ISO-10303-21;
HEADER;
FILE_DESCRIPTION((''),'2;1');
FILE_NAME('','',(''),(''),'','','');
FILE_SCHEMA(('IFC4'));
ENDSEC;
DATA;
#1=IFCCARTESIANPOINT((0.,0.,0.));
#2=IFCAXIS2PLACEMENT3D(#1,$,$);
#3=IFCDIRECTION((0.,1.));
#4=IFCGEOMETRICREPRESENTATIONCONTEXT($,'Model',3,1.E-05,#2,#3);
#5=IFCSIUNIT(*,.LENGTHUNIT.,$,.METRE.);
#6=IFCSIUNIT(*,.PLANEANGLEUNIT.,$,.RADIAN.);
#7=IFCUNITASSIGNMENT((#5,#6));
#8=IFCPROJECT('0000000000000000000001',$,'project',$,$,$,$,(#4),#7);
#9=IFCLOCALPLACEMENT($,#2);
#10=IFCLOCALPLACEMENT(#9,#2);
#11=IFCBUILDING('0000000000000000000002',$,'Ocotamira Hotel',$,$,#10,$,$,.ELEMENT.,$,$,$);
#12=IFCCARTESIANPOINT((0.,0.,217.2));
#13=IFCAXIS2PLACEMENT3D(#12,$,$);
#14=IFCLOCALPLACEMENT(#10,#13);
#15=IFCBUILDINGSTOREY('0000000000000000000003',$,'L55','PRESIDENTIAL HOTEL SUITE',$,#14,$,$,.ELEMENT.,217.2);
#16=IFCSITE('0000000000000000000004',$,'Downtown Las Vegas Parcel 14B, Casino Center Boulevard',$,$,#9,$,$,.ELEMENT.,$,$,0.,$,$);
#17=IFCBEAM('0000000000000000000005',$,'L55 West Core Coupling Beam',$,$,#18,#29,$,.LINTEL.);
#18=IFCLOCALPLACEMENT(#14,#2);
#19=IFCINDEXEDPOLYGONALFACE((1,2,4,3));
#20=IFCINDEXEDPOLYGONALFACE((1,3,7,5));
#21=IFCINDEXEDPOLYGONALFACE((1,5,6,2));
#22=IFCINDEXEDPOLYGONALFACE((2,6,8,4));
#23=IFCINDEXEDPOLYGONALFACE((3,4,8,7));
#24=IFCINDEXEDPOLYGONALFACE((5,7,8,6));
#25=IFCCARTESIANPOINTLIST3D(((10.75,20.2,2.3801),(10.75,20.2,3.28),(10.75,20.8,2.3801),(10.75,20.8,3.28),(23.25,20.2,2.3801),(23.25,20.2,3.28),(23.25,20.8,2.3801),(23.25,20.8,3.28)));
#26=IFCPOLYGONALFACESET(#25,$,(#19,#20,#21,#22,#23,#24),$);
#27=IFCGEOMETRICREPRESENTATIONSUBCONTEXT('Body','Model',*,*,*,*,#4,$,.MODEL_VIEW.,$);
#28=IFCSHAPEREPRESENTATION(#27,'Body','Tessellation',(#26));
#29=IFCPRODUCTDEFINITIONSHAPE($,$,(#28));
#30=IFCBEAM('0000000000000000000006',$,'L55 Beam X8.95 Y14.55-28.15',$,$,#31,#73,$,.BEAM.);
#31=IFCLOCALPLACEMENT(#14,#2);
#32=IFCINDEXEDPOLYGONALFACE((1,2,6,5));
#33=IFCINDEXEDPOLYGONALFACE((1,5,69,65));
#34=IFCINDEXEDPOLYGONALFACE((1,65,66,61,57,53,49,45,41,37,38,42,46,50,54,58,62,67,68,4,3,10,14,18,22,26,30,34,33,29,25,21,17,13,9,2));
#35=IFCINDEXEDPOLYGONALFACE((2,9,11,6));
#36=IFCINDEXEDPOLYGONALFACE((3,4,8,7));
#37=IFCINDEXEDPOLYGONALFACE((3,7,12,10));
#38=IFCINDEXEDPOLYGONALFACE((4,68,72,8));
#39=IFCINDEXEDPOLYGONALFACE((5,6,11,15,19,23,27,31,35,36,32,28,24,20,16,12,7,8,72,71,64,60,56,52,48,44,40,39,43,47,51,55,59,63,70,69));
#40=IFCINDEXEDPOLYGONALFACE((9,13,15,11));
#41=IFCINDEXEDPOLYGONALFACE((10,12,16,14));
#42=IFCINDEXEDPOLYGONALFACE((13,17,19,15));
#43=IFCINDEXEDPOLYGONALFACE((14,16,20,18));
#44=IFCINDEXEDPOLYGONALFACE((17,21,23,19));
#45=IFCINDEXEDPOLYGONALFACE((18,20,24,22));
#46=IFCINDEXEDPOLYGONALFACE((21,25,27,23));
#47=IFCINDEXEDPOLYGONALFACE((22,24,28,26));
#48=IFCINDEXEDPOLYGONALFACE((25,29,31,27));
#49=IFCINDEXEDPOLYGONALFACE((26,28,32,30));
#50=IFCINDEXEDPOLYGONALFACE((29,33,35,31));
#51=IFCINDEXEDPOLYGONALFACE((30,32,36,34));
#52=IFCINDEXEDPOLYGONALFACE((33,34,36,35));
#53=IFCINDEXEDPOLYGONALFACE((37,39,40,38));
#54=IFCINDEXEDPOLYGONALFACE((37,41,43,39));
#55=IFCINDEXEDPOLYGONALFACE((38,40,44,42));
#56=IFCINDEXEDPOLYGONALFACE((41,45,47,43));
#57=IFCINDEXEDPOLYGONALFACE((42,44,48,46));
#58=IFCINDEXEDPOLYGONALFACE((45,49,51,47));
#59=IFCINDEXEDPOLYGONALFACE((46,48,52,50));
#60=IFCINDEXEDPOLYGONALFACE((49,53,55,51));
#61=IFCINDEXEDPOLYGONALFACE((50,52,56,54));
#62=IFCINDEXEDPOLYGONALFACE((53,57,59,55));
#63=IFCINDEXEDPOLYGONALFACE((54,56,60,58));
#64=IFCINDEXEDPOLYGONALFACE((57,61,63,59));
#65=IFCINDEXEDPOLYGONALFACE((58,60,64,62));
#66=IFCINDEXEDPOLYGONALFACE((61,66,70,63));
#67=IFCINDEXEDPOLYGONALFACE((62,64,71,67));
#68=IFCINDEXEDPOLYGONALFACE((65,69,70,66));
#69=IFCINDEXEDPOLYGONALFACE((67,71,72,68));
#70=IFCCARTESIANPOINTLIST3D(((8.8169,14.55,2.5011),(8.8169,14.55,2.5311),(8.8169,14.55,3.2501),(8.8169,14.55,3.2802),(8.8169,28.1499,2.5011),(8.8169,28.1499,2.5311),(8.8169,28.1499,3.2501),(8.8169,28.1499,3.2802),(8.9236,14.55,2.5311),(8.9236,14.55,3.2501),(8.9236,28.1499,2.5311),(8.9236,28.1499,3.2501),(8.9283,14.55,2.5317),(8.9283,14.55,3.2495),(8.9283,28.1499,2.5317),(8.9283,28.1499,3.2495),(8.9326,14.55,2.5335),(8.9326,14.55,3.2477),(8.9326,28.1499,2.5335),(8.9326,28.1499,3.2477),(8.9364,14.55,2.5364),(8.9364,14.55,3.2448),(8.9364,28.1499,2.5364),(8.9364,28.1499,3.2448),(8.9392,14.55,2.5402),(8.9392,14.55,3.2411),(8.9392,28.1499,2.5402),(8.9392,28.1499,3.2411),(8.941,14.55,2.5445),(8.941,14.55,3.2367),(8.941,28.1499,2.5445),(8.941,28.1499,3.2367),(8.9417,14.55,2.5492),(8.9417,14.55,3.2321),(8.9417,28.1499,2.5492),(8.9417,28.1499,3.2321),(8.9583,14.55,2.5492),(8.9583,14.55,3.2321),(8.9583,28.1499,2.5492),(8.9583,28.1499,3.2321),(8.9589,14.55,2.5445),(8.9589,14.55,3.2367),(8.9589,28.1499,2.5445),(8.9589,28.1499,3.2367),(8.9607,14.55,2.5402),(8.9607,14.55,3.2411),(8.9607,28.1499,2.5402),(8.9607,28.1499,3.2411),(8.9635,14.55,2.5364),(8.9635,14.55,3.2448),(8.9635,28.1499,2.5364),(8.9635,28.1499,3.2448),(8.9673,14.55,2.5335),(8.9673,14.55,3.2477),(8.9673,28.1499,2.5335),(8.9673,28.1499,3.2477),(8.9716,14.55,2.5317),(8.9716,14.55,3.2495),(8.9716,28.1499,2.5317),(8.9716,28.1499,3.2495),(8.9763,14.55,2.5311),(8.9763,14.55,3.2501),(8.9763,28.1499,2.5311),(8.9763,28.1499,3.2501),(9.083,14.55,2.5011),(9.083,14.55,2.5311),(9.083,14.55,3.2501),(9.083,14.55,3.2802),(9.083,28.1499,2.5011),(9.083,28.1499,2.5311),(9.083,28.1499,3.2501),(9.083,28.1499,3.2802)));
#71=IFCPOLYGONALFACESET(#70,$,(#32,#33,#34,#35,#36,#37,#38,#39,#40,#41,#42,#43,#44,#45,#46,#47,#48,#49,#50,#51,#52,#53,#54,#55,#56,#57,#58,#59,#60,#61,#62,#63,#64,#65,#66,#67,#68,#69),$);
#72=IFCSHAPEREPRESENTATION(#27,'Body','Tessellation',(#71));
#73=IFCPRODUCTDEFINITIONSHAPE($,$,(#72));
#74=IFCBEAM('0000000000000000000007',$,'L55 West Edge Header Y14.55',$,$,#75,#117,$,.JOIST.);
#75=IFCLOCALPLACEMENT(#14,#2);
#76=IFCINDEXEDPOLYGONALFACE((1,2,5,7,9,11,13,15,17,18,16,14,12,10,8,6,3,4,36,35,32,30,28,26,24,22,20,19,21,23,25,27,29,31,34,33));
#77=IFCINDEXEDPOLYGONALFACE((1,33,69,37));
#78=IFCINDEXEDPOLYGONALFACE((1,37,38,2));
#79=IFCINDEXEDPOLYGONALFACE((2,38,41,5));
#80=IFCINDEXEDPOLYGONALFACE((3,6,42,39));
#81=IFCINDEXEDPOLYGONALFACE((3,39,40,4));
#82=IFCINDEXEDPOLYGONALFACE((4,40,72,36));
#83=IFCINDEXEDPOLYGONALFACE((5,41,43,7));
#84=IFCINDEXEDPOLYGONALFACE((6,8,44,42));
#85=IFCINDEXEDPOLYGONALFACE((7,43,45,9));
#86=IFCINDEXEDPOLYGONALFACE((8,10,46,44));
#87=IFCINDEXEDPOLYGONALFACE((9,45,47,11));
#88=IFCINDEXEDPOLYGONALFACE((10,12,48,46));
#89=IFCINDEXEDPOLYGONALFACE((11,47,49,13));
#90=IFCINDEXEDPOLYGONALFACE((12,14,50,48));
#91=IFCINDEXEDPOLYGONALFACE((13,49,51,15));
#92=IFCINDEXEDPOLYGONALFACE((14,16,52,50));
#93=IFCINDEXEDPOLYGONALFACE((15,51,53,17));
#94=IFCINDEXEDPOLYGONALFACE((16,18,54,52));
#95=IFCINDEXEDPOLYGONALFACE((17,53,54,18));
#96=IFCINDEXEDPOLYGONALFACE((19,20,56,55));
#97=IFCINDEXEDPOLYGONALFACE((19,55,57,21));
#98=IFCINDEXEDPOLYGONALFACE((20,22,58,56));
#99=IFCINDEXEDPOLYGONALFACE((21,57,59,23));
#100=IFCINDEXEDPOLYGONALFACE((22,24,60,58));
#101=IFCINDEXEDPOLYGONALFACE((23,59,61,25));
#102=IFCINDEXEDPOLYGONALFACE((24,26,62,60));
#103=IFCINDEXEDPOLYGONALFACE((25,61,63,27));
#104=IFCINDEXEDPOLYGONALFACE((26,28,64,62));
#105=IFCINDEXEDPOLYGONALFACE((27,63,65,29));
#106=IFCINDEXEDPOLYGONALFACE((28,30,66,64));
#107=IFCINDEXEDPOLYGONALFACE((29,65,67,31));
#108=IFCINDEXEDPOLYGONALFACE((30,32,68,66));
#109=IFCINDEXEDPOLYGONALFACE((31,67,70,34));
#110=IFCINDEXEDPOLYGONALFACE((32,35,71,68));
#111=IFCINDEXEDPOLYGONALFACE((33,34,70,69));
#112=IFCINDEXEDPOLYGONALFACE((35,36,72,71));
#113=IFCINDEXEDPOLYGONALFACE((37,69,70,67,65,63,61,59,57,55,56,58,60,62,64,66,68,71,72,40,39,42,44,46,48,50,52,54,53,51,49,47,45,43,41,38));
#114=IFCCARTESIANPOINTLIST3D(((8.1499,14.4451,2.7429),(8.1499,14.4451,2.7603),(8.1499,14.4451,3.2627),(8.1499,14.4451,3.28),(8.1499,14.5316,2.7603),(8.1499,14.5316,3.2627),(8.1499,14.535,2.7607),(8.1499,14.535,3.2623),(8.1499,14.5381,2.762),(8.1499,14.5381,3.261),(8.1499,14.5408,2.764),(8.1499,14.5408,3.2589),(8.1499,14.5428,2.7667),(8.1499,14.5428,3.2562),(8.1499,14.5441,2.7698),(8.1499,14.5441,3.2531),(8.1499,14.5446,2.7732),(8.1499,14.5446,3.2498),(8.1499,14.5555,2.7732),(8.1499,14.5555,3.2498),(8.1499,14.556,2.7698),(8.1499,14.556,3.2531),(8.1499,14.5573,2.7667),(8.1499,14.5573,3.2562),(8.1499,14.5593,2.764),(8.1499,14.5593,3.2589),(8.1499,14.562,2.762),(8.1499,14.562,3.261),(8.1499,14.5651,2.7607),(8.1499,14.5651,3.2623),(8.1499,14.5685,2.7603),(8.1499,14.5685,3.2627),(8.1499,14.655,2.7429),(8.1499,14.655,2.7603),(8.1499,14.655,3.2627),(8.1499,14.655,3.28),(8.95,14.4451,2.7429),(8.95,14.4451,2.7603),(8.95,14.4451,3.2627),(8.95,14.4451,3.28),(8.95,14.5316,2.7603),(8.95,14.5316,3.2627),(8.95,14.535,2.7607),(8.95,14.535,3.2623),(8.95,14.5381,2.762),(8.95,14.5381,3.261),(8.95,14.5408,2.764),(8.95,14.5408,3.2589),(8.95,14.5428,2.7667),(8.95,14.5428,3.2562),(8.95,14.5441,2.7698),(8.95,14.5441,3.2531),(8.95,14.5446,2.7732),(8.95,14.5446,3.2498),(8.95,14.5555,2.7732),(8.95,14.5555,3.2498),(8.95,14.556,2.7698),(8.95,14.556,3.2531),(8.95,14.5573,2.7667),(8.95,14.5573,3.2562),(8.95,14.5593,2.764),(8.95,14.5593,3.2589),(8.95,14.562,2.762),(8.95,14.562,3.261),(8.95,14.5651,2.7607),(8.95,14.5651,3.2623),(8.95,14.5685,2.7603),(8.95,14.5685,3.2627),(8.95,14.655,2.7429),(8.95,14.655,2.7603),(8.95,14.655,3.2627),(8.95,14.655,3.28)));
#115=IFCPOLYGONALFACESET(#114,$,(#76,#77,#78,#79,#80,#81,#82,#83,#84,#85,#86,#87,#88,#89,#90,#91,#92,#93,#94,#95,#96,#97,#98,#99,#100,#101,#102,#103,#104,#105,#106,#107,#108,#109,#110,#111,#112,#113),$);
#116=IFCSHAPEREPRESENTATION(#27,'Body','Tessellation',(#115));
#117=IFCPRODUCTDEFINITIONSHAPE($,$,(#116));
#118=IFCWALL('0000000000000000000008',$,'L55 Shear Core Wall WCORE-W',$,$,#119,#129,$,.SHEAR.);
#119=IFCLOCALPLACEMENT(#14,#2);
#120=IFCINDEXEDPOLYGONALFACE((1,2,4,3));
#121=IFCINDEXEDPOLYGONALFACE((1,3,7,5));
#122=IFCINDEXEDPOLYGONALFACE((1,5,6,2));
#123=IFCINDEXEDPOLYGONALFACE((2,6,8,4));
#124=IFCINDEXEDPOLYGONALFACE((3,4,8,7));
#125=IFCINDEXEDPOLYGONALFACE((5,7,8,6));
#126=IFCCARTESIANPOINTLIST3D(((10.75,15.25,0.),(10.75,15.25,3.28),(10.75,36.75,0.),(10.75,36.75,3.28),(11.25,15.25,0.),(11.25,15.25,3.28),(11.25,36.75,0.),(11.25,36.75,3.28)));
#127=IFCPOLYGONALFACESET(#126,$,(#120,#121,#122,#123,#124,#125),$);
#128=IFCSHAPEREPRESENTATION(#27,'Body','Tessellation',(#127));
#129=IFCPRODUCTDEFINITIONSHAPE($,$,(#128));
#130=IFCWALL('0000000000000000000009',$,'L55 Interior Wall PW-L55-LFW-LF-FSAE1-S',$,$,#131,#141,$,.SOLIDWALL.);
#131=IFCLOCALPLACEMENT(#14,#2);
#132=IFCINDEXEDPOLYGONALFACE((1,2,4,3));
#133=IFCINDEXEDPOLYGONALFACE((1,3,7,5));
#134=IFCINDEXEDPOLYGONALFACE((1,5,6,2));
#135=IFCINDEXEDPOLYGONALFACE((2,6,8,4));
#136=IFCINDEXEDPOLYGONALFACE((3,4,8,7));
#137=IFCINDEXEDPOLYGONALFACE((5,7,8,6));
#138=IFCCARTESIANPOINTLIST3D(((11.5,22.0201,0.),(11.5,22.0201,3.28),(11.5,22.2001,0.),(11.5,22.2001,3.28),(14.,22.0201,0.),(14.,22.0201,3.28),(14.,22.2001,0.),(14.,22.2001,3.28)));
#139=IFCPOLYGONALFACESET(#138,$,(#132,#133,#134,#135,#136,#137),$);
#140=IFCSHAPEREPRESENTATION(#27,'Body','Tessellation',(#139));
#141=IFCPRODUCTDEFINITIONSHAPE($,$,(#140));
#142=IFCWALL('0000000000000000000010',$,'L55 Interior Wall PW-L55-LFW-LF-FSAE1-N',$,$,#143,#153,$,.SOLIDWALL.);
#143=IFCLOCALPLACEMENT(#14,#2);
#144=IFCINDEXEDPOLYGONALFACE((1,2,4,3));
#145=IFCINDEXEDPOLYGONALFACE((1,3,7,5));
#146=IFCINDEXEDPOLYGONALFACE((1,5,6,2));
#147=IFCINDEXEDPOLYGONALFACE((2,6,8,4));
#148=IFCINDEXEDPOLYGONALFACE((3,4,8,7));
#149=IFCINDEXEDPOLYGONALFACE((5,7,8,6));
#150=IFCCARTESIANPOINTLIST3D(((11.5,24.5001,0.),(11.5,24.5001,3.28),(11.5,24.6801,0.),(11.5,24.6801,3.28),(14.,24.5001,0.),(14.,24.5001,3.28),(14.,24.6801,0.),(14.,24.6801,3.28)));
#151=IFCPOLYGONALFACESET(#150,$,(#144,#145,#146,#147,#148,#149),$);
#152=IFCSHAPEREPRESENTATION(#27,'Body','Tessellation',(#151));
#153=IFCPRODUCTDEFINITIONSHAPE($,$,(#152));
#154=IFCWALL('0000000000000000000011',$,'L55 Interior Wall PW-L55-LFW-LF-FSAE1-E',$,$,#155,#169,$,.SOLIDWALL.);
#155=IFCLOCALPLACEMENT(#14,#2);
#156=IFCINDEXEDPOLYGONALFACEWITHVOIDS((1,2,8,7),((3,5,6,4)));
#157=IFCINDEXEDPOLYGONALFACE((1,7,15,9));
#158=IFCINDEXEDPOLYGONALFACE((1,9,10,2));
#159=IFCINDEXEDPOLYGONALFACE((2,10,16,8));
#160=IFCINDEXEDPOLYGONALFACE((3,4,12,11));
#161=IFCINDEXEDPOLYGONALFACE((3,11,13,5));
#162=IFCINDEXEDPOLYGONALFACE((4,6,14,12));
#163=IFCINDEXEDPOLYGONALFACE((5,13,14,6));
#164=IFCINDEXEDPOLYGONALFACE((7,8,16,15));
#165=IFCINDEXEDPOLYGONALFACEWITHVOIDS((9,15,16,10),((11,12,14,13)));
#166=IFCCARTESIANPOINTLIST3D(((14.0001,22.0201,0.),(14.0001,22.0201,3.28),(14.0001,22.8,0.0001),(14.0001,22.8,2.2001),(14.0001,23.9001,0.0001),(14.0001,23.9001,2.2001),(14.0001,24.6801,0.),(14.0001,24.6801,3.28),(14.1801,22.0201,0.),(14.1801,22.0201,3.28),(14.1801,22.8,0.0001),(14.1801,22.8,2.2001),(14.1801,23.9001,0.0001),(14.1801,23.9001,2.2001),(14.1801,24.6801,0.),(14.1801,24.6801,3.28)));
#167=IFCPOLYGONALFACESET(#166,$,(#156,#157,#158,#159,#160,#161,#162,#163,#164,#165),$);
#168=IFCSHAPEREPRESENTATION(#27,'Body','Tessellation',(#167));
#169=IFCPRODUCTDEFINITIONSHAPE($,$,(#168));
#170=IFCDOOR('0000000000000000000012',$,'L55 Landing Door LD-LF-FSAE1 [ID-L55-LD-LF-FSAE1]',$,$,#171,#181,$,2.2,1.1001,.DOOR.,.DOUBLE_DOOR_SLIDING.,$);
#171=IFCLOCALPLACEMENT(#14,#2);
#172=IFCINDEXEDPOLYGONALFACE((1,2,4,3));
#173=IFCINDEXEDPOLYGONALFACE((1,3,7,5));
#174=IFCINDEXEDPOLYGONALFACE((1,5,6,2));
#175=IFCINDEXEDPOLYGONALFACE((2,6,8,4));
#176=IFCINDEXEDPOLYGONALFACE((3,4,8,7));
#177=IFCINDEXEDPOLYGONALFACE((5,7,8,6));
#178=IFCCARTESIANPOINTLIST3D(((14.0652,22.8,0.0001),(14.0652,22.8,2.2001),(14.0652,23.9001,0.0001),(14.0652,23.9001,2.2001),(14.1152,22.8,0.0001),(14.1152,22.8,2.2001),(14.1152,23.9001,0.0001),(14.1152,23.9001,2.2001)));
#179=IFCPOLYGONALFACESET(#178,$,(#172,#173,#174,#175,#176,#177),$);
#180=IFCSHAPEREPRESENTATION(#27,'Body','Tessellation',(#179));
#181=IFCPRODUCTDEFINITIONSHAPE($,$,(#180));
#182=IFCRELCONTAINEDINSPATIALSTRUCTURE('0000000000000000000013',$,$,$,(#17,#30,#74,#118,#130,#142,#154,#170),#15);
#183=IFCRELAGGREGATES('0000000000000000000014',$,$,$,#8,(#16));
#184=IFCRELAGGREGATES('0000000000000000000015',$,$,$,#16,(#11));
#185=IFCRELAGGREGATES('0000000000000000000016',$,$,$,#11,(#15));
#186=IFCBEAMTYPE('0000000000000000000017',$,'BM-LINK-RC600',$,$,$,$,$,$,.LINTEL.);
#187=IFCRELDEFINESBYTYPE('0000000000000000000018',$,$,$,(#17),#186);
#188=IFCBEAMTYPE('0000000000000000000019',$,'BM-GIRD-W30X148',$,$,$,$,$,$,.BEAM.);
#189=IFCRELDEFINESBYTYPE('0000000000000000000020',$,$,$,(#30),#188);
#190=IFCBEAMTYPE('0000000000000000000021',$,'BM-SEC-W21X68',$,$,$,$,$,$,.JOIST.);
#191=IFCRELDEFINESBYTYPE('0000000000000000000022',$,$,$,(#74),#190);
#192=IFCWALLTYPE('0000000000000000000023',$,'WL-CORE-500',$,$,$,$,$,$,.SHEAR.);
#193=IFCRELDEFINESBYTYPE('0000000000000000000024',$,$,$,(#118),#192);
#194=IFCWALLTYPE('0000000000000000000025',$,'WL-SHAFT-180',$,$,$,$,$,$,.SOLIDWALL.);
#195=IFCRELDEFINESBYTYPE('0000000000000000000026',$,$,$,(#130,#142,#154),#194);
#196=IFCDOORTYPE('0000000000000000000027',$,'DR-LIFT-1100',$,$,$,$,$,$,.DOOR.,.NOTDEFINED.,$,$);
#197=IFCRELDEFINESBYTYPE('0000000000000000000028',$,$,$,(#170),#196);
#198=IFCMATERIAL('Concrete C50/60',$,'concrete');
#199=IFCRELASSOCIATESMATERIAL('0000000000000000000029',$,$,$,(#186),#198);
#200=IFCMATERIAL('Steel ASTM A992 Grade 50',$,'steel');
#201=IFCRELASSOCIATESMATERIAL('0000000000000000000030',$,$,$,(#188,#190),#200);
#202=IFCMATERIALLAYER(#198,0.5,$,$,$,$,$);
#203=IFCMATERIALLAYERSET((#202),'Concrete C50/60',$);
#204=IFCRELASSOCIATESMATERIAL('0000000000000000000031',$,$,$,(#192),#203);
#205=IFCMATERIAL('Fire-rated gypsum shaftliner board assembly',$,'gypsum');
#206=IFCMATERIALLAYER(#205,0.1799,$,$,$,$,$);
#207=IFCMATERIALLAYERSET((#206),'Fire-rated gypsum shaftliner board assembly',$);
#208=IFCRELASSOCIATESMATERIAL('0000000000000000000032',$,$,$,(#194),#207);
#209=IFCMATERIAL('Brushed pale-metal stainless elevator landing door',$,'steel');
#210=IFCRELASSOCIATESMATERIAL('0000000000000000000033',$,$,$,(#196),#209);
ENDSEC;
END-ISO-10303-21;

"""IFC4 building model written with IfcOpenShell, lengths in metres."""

from ifc_helpers import new_model, si_unit, direction, frame, frame_2d, origin, origin_2d, place, context, subcontext, project, spatial, rectangle, i_section, extrude, source, transform, mapped, material, layer, layer_set, material_profile, profile_set, type_object, element, fill, save


model = new_model("IFC4")

# Units and contexts
model_context = context("Model", 3, precision=1e-05, world=origin(), true_north=direction((0.0, 1.0)))
body_context = subcontext(model_context, "Body", "Model", "MODEL_VIEW")
ifc_project = project(units=[si_unit("LENGTHUNIT", "METRE"), si_unit("PLANEANGLEUNIT", "RADIAN")], contexts=[model_context])

# Site, building, storey
site_placement = place(None, origin())
site = spatial("IfcSite", under=ifc_project, at=site_placement, Name="Downtown Las Vegas Parcel 14B, Casino Center Boulevard", CompositionType="ELEMENT", RefElevation=0.0)
building_placement = place(site_placement, origin())
building = spatial("IfcBuilding", under=site, at=building_placement, Name="Ocotamira Hotel", CompositionType="ELEMENT")
storey_placement = place(building_placement, frame((0.0, 0.0, 217.2)))
storey = spatial("IfcBuildingStorey", under=building, at=storey_placement, Name="L55", Description="PRESIDENTIAL HOTEL SUITE", CompositionType="ELEMENT", Elevation=217.2)

# Beams
ifc_material_1 = material(Name="Concrete C50/60", Category="concrete")
ifc_material_profile_1 = material_profile(ifc_material_1, rectangle(XDim=0.6001, YDim=0.8999, at=origin_2d()), Name="RC600X900")
ifc_profile_set_1 = profile_set([ifc_material_profile_1], Name="Concrete C50/60")
beam_type_1 = type_object("IfcBeamType", Name="BM-LINK-RC600", PredefinedType="LINTEL", material=ifc_profile_set_1)
shared_shape_1 = source(origin(), body_context, "Body", "SweptSolid", [
    extrude(rectangle(XDim=0.6001, YDim=0.8999, at=origin_2d()), origin(), (0.0, 0.0, 1.0), 12.5),
])
beam_1_placement = place(storey_placement, frame((10.75, 20.5, 2.8301), z_axis=(1.0, 0.0, 0.0), x_axis=(0.0, 1.0, 0.0)))
element("IfcBeam", 1, at=beam_1_placement, inside=storey, type_object=beam_type_1, Name="L55 West Core Coupling Beam", PredefinedType="LINTEL", context=body_context, shape_type="MappedRepresentation", body=[
    mapped(shared_shape_1, transform((0.0, 0.0, 0.0), scale=1.0)),
])
ifc_material_2 = material(Name="Steel ASTM A992 Grade 50", Category="steel")
ifc_material_profile_2 = material_profile(ifc_material_2, i_section(OverallWidth=0.2661, OverallDepth=0.7791, WebThickness=0.0166, FlangeThickness=0.03, FilletRadius=0.0181, at=origin_2d()), Name="W30X148")
ifc_profile_set_2 = profile_set([ifc_material_profile_2], Name="Steel ASTM A992 Grade 50")
beam_type_2 = type_object("IfcBeamType", Name="BM-GIRD-W30X148", PredefinedType="BEAM", material=ifc_profile_set_2)
shared_shape_2 = source(origin(), body_context, "Body", "SweptSolid", [
    extrude(i_section(OverallWidth=0.2661, OverallDepth=0.7791, WebThickness=0.0166, FlangeThickness=0.03, FilletRadius=0.0181, at=origin_2d()), origin(), (0.0, 0.0, 1.0), 13.5999),
])
beam_2_placement = place(storey_placement, frame((8.95, 14.55, 2.8906), z_axis=(0.0, 1.0, 0.0), x_axis=(-1.0, 0.0, 0.0)))
element("IfcBeam", 2, at=beam_2_placement, inside=storey, type_object=beam_type_2, Name="L55 Beam X8.95 Y14.55-28.15", PredefinedType="BEAM", context=body_context, shape_type="MappedRepresentation", body=[
    mapped(shared_shape_2, transform((0.0, 0.0, 0.0), scale=1.0)),
])
ifc_material_profile_3 = material_profile(ifc_material_2, i_section(OverallWidth=0.21, OverallDepth=0.5371, WebThickness=0.011, FlangeThickness=0.0173, FilletRadius=0.0129, at=origin_2d()), Name="W21X68")
ifc_profile_set_3 = profile_set([ifc_material_profile_3], Name="Steel ASTM A992 Grade 50")
beam_type_3 = type_object("IfcBeamType", Name="BM-SEC-W21X68", PredefinedType="JOIST", material=ifc_profile_set_3)
shared_shape_3 = source(origin(), body_context, "Body", "SweptSolid", [
    extrude(i_section(OverallWidth=0.21, OverallDepth=0.5371, WebThickness=0.011, FlangeThickness=0.0173, FilletRadius=0.0129, at=origin_2d()), origin(), (0.0, 0.0, 1.0), 0.8),
])
beam_3_placement = place(storey_placement, frame((8.95, 14.55, 3.0115), z_axis=(-1.0, 0.0, 0.0), x_axis=(0.0, -1.0, 0.0)))
element("IfcBeam", 3, at=beam_3_placement, inside=storey, type_object=beam_type_3, Name="L55 West Edge Header Y14.55", PredefinedType="JOIST", context=body_context, shape_type="MappedRepresentation", body=[
    mapped(shared_shape_3, transform((0.0, 0.0, 0.0), scale=1.0)),
])

# Shared definitions
ifc_layer_1 = layer(ifc_material_1, 0.5)
ifc_layer_set_1 = layer_set([ifc_layer_1], Name="Concrete C50/60")
wall_type_1 = type_object("IfcWallType", Name="WL-CORE-500", PredefinedType="SHEAR", material=ifc_layer_set_1)

# Wall
wall_1_placement = place(storey_placement, frame((11.0, 15.25, 0.0), z_axis=(0.0, 0.0, 1.0), x_axis=(0.0, 1.0, 0.0)))
element("IfcWall", 4, at=wall_1_placement, inside=storey, type_object=wall_type_1, Name="L55 Shear Core Wall WCORE-W", PredefinedType="SHEAR", context=body_context, shape_type="SweptSolid", body=[
    extrude(rectangle(XDim=21.5, YDim=0.5, at=frame_2d((10.75, 0.0))), origin(), (0.0, 0.0, 1.0), 3.28),
])

# Walls
ifc_material_3 = material(Name="Fire-rated gypsum shaftliner board assembly", Category="gypsum")
ifc_layer_2 = layer(ifc_material_3, 0.1799)
ifc_layer_set_2 = layer_set([ifc_layer_2], Name="Fire-rated gypsum shaftliner board assembly")
wall_type_2 = type_object("IfcWallType", Name="WL-SHAFT-180", PredefinedType="SOLIDWALL", material=ifc_layer_set_2)
for number, where, z_axis, x_axis, name in (
    (5, (11.5, 22.1101, 0.0), (0.0, 0.0, 1.0), (1.0, 0.0, 0.0), "L55 Interior Wall PW-L55-LFW-LF-FSAE1-S"),
    (6, (11.5, 24.5901, 0.0), (0.0, 0.0, 1.0), (1.0, 0.0, 0.0), "L55 Interior Wall PW-L55-LFW-LF-FSAE1-N"),
):
    element("IfcWall", number, at=place(storey_placement, frame(where, z_axis=z_axis, x_axis=x_axis)), inside=storey, type_object=wall_type_2, Name=name, PredefinedType="SOLIDWALL", context=body_context, shape_type="SweptSolid", body=[
        extrude(rectangle(XDim=2.5, YDim=0.1799, at=frame_2d((1.25, 0.0))), origin(), (0.0, 0.0, 1.0), 3.28),
    ])

# Wall, opening, door
wall_2_placement = place(storey_placement, frame((14.0901, 22.02, 0.0), z_axis=(0.0, 0.0, 1.0), x_axis=(0.0, 1.0, 0.0)))
wall_2 = element("IfcWall", 7, at=wall_2_placement, inside=storey, type_object=wall_type_2, Name="L55 Interior Wall PW-L55-LFW-LF-FSAE1-E", PredefinedType="SOLIDWALL", context=body_context, shape_type="SweptSolid", body=[
    extrude(rectangle(XDim=2.6599, YDim=0.1799, at=frame_2d((1.3301, 0.0))), origin(), (0.0, 0.0, 1.0), 3.28),
])
opening_1_placement = place(wall_2_placement, frame((0.78, 0.0, 0.0)))
opening_1 = element("IfcOpeningElement", 8, at=opening_1_placement, cuts=wall_2, PredefinedType="OPENING", context=body_context, shape_type="SweptSolid", body=[
    extrude(rectangle(XDim=1.1001, YDim=2.2, at=frame_2d((0.55, 1.1001))), frame((0.0, 0.1001, 0.0), z_axis=(0.0, -1.0, 0.0), x_axis=(1.0, 0.0, 0.0)), (0.0, 0.0, 1.0), 0.2),
])
ifc_material_4 = material(Name="Brushed pale-metal stainless elevator landing door", Category="steel")
door_type_1 = type_object("IfcDoorType", Name="DR-LIFT-1100", OperationType="NOTDEFINED", PredefinedType="DOOR", material=ifc_material_4)
shared_shape_4 = source(origin(), body_context, "Body", "SweptSolid", [
    extrude(rectangle(XDim=1.1001, YDim=2.2, at=frame_2d((0.55, 1.1001))), frame((0.0, 0.0249, 0.0), z_axis=(0.0, -1.0, 0.0), x_axis=(1.0, 0.0, 0.0)), (0.0, 0.0, 1.0), 0.05),
])
door_1_placement = place(opening_1_placement, origin())
door_1 = element("IfcDoor", 9, at=door_1_placement, inside=storey, type_object=door_type_1, Name="L55 Landing Door LD-LF-FSAE1 [ID-L55-LD-LF-FSAE1]", OperationType="DOUBLE_DOOR_SLIDING", OverallHeight=2.2, OverallWidth=1.1001, PredefinedType="DOOR", context=body_context, shape_type="MappedRepresentation", body=[
    mapped(shared_shape_4, transform((0.0, 0.0, 0.0), scale=1.0)),
])
fill(opening_1, door_1)

save(model, "model.ifc")
